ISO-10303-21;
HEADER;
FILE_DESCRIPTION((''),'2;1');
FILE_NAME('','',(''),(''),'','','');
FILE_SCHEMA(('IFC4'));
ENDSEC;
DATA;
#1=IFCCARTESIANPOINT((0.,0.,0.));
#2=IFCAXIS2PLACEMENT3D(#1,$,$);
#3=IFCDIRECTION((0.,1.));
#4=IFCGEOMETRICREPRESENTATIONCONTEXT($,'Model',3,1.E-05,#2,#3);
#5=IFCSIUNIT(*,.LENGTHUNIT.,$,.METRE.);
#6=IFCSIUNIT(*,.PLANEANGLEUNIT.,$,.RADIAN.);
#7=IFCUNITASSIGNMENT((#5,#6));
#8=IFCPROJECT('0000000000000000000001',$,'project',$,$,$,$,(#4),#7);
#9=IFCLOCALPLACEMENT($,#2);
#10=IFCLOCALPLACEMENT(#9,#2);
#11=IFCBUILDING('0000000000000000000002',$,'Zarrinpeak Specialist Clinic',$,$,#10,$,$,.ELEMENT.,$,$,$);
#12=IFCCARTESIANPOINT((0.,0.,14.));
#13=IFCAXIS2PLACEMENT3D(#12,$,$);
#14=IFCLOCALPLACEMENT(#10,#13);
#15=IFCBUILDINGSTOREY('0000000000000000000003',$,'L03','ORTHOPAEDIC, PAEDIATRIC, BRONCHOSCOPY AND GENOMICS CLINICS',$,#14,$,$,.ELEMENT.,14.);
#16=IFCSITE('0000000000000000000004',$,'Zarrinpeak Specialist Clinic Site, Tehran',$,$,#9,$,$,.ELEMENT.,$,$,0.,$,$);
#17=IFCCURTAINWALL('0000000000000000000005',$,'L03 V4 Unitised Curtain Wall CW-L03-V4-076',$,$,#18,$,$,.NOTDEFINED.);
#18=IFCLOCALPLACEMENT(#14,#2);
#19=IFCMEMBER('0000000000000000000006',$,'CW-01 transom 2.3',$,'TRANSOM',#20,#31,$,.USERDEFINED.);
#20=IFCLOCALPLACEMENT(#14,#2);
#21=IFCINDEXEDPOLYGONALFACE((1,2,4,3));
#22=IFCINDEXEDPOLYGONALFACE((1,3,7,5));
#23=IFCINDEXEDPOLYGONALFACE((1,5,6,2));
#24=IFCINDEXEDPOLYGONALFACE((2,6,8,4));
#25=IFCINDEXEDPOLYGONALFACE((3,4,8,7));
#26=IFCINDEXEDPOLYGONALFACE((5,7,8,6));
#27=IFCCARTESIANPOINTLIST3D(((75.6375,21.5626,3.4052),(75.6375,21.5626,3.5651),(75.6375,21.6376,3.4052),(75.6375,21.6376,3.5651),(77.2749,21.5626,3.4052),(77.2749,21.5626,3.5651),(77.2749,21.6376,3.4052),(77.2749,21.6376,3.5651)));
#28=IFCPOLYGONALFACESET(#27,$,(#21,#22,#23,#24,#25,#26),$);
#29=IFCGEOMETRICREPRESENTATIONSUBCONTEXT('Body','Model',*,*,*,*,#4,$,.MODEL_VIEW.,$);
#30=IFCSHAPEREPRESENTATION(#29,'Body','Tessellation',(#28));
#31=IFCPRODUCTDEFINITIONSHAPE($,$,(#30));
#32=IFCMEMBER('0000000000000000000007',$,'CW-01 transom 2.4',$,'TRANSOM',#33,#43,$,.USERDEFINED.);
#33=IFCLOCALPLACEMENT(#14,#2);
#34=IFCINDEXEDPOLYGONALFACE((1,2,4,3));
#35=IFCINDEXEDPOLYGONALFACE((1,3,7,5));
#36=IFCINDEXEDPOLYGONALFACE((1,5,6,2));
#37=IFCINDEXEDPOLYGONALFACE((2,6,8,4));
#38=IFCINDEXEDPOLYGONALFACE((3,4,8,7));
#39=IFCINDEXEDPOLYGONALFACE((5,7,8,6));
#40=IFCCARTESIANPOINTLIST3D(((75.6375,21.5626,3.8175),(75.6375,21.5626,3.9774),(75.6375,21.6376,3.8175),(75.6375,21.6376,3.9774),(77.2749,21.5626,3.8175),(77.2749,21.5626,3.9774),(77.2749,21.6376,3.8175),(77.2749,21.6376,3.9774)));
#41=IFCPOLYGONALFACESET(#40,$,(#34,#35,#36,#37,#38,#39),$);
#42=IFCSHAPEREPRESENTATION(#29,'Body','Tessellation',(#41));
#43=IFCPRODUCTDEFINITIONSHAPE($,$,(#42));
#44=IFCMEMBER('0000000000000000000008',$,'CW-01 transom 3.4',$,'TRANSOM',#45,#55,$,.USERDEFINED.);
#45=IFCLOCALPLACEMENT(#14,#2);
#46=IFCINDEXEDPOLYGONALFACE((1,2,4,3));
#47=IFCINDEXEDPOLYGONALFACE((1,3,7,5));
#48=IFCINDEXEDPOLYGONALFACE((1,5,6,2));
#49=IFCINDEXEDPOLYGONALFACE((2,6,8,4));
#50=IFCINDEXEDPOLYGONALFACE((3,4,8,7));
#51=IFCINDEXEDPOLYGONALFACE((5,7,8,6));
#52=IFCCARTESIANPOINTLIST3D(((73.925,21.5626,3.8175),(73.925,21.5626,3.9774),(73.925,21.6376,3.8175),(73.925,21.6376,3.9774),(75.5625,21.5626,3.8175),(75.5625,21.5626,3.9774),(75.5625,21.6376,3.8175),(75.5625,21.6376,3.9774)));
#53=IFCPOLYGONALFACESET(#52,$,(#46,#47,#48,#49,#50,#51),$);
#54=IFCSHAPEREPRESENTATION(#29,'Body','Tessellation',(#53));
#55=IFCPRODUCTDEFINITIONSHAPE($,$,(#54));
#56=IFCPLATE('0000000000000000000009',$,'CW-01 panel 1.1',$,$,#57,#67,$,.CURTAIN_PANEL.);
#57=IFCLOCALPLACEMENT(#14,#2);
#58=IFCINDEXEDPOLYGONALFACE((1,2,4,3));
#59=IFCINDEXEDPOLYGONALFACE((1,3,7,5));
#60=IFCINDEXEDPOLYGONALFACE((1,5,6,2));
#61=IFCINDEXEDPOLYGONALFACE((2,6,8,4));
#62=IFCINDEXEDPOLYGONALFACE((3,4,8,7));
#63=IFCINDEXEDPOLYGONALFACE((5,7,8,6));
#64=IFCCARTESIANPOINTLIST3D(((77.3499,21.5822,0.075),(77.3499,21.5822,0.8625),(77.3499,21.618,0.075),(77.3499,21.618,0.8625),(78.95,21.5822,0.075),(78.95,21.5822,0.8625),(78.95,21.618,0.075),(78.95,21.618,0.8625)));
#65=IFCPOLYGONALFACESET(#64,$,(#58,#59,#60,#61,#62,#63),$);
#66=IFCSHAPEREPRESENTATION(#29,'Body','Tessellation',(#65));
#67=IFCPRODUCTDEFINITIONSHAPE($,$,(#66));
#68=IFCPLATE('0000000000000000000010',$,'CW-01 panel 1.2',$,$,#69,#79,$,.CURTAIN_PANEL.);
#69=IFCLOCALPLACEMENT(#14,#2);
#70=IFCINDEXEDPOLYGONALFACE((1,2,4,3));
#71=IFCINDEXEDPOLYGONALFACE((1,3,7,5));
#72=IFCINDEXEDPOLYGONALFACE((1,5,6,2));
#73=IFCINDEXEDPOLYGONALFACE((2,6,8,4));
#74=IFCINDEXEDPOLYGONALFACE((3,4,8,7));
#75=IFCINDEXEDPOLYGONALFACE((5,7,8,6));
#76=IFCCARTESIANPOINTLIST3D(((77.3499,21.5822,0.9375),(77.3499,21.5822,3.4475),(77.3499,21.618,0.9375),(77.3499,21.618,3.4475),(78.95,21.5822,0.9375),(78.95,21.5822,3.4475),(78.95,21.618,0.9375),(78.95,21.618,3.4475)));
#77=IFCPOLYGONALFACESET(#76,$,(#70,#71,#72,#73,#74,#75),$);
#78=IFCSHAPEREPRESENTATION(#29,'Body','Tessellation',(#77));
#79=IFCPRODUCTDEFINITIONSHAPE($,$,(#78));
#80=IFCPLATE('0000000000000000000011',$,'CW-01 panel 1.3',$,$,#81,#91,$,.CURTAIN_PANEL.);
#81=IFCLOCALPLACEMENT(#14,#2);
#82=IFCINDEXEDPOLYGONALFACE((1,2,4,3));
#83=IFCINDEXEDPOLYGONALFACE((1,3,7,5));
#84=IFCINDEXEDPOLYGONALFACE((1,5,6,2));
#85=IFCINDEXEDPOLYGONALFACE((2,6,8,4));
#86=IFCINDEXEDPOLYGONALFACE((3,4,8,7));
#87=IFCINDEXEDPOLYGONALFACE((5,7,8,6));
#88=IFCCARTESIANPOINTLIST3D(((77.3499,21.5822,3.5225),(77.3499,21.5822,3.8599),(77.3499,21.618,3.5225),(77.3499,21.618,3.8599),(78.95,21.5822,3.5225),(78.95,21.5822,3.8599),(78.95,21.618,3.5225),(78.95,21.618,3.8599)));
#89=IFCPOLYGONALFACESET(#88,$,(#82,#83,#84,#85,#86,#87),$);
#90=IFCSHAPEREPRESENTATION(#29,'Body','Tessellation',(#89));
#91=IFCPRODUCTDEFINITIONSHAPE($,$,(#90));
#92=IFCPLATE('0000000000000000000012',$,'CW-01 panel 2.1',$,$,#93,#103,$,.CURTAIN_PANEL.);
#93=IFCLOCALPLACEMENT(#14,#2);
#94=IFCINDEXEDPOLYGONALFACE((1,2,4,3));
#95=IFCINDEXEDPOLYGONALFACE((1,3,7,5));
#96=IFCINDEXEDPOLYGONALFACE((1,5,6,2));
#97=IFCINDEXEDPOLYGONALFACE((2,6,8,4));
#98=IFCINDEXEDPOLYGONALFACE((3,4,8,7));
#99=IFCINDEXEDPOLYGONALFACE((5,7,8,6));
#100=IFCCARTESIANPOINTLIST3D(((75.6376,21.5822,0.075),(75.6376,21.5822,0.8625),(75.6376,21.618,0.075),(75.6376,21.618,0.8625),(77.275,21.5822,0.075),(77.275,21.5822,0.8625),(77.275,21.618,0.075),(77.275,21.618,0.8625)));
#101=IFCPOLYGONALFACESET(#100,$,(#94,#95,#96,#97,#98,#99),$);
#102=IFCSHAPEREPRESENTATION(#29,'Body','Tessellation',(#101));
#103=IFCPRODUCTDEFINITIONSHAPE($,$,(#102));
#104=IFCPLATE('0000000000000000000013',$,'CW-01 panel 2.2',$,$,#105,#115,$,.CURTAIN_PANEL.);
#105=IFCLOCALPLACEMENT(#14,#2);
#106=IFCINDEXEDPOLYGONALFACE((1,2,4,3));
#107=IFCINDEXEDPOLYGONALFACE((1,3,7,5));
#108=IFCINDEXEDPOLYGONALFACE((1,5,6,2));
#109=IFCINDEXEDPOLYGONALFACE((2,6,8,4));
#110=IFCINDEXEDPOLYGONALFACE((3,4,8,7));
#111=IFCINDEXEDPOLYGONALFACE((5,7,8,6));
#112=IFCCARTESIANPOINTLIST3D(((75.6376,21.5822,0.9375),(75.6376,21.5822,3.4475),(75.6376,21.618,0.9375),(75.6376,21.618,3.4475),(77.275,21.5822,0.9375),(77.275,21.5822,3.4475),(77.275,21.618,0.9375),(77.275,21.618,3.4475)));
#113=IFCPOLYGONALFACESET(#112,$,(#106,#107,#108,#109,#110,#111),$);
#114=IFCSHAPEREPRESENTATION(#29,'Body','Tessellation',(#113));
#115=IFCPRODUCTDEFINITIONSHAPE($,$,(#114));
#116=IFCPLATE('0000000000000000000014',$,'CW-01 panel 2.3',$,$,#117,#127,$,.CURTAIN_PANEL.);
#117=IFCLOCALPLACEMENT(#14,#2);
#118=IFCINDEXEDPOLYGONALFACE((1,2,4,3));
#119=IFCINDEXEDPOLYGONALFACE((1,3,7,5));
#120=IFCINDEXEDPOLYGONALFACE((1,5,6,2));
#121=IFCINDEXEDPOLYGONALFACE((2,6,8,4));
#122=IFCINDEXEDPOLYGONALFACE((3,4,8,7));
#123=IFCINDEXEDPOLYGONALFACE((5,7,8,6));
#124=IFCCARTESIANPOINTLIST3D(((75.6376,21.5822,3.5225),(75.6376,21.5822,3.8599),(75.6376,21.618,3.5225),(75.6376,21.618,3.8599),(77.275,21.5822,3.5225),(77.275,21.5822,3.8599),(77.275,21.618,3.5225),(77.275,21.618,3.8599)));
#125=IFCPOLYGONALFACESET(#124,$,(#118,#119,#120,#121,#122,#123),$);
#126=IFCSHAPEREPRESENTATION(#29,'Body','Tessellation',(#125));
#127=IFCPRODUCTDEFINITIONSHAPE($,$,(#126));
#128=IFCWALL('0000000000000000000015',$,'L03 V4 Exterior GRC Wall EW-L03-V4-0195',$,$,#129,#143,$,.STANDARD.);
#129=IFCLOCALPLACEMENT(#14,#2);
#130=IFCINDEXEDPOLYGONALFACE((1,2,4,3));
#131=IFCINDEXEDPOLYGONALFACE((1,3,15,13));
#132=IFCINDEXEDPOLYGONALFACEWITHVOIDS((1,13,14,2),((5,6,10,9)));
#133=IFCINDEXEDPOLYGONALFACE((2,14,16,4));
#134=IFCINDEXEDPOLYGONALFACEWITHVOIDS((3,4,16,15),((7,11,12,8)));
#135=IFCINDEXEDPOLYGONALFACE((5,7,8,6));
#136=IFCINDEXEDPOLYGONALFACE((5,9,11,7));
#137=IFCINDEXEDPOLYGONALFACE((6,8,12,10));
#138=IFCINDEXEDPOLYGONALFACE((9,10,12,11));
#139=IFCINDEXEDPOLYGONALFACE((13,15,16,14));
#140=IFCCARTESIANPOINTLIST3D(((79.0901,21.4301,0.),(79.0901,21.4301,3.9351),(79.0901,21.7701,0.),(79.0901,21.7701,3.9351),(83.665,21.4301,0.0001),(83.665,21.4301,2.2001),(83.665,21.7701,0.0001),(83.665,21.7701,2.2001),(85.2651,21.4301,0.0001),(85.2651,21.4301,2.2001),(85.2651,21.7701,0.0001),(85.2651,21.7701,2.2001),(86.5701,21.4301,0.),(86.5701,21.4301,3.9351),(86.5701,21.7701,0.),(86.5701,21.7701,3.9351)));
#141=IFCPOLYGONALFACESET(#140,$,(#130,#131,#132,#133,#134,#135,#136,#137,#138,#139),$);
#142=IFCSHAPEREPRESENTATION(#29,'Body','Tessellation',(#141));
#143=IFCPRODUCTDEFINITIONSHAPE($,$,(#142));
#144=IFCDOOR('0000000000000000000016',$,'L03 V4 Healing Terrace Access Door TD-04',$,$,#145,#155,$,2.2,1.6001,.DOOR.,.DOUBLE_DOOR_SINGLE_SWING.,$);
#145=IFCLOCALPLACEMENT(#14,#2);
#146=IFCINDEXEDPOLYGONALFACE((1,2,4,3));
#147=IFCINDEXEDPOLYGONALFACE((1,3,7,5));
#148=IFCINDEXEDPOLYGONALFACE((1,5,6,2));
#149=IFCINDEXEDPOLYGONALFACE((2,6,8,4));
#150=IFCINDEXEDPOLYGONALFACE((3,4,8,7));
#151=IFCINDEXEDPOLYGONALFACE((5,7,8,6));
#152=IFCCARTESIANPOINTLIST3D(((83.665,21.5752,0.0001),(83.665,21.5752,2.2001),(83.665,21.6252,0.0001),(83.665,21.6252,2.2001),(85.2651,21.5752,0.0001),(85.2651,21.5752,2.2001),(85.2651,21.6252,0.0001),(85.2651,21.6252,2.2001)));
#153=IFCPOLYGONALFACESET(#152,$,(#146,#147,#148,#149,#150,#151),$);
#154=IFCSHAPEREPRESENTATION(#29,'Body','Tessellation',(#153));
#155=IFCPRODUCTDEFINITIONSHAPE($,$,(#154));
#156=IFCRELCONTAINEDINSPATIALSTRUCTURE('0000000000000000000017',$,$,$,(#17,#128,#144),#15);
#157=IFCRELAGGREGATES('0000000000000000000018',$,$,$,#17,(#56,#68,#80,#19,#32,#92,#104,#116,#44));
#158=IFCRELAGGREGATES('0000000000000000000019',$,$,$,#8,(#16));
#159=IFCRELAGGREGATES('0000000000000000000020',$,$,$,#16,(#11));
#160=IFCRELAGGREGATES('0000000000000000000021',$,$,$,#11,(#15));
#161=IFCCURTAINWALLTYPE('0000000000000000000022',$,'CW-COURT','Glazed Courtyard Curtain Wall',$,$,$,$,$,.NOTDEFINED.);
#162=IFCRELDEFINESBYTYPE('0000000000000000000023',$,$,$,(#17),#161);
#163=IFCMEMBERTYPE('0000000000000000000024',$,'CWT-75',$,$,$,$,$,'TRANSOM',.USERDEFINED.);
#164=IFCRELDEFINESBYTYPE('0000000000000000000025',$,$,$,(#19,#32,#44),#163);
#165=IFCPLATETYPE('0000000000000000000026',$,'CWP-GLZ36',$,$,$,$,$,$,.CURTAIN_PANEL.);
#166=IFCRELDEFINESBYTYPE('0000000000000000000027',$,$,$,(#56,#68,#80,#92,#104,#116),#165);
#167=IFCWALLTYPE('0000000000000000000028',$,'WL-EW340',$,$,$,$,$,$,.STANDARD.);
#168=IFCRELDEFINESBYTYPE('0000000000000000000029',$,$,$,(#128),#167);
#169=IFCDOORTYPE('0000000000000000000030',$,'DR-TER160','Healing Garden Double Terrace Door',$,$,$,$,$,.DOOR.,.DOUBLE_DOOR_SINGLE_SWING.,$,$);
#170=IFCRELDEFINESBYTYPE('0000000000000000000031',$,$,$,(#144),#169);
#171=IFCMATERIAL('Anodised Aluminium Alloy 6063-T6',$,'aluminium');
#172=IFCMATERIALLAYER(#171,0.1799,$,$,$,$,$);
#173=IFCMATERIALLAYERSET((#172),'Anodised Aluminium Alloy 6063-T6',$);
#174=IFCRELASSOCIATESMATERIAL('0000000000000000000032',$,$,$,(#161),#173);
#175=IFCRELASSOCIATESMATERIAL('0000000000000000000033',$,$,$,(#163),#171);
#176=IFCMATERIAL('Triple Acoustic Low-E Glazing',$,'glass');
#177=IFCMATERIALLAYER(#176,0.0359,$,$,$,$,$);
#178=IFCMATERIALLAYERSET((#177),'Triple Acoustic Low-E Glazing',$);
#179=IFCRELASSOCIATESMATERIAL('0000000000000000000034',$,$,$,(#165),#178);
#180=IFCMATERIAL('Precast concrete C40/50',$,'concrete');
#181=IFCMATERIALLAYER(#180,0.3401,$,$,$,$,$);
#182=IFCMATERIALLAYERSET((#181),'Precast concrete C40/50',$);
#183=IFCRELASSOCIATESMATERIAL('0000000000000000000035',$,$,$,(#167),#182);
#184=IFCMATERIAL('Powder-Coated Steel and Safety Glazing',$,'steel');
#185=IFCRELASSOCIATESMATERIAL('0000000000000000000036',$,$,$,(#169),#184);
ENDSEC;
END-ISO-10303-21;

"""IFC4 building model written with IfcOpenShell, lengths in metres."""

from ifc_helpers import new_model, si_unit, direction, frame, frame_2d, origin, origin_2d, place, context, subcontext, project, spatial, rectangle, extrude, material, layer, layer_set, material_profile, profile_set, type_object, element, fill, aggregate, save


model = new_model("IFC4")

# Units and contexts
model_context = context("Model", 3, precision=1e-05, world=origin(), true_north=direction((0.0, 1.0)))
body_context = subcontext(model_context, "Body", "Model", "MODEL_VIEW")
ifc_project = project(units=[si_unit("LENGTHUNIT", "METRE"), si_unit("PLANEANGLEUNIT", "RADIAN")], contexts=[model_context])

# Site, building, storey
site_placement = place(None, origin())
site = spatial("IfcSite", under=ifc_project, at=site_placement, Name="Zarrinpeak Specialist Clinic Site, Tehran", CompositionType="ELEMENT", RefElevation=0.0)
building_placement = place(site_placement, origin())
building = spatial("IfcBuilding", under=site, at=building_placement, Name="Zarrinpeak Specialist Clinic", CompositionType="ELEMENT")
storey_placement = place(building_placement, frame((0.0, 0.0, 14.0)))
storey = spatial("IfcBuildingStorey", under=building, at=storey_placement, Name="L03", Description="ORTHOPAEDIC, PAEDIATRIC, BRONCHOSCOPY AND GENOMICS CLINICS", CompositionType="ELEMENT", Elevation=14.0)

# Curtain wall, members, plates
ifc_material_1 = material(Name="Anodised Aluminium Alloy 6063-T6", Category="aluminium")
ifc_layer_1 = layer(ifc_material_1, 0.1799)
ifc_layer_set_1 = layer_set([ifc_layer_1], Name="Anodised Aluminium Alloy 6063-T6")
curtain_wall_type = type_object("IfcCurtainWallType", Name="CW-COURT", Description="Glazed Courtyard Curtain Wall", PredefinedType="NOTDEFINED", material=ifc_layer_set_1)
curtain_wall_placement = place(storey_placement, origin())
curtain_wall = element("IfcCurtainWall", 1, at=curtain_wall_placement, inside=storey, type_object=curtain_wall_type, Name="L03 V4 Unitised Curtain Wall CW-L03-V4-076", PredefinedType="NOTDEFINED")
ifc_material_profile_1 = material_profile(ifc_material_1, rectangle(XDim=0.075, YDim=0.1599, at=origin_2d()), Name="ALU 75x160")
ifc_profile_set_1 = profile_set([ifc_material_profile_1], Name="Anodised Aluminium Alloy 6063-T6")
member_type_1 = type_object("IfcMemberType", Name="CWT-75", ElementType="TRANSOM", PredefinedType="USERDEFINED", material=ifc_profile_set_1)
member_1_placement = place(storey_placement, frame((77.2749, 21.6001, 3.4851), z_axis=(-1.0, 0.0, 0.0), x_axis=(0.0, -1.0, 0.0)))
member_1 = element("IfcMember", 2, at=member_1_placement, type_object=member_type_1, Name="CW-01 transom 2.3", ObjectType="TRANSOM", PredefinedType="USERDEFINED", context=body_context, shape_type="SweptSolid", body=[
    extrude(rectangle(XDim=0.075, YDim=0.1599, at=origin_2d()), origin(), (0.0, 0.0, 1.0), 1.6375),
])
member_2_placement = place(storey_placement, frame((77.2749, 21.6001, 3.8975), z_axis=(-1.0, 0.0, 0.0), x_axis=(0.0, -1.0, 0.0)))
member_2 = element("IfcMember", 3, at=member_2_placement, type_object=member_type_1, Name="CW-01 transom 2.4", ObjectType="TRANSOM", PredefinedType="USERDEFINED", context=body_context, shape_type="SweptSolid", body=[
    extrude(rectangle(XDim=0.075, YDim=0.1599, at=origin_2d()), origin(), (0.0, 0.0, 1.0), 1.6375),
])
member_3_placement = place(storey_placement, frame((75.5625, 21.6001, 3.8975), z_axis=(-1.0, 0.0, 0.0), x_axis=(0.0, -1.0, 0.0)))
member_3 = element("IfcMember", 4, at=member_3_placement, type_object=member_type_1, Name="CW-01 transom 3.4", ObjectType="TRANSOM", PredefinedType="USERDEFINED", context=body_context, shape_type="SweptSolid", body=[
    extrude(rectangle(XDim=0.075, YDim=0.1599, at=origin_2d()), origin(), (0.0, 0.0, 1.0), 1.6375),
])
ifc_material_2 = material(Name="Triple Acoustic Low-E Glazing", Category="glass")
ifc_layer_2 = layer(ifc_material_2, 0.0359)
ifc_layer_set_2 = layer_set([ifc_layer_2], Name="Triple Acoustic Low-E Glazing")
plate_type = type_object("IfcPlateType", Name="CWP-GLZ36", PredefinedType="CURTAIN_PANEL", material=ifc_layer_set_2)
plate_1_placement = place(storey_placement, frame((78.1499, 21.6001, 0.075), z_axis=(0.0, 0.0, 1.0), x_axis=(-1.0, 0.0, 0.0)))
plate_1 = element("IfcPlate", 5, at=plate_1_placement, type_object=plate_type, Name="CW-01 panel 1.1", PredefinedType="CURTAIN_PANEL", context=body_context, shape_type="SweptSolid", body=[
    extrude(rectangle(XDim=1.6001, YDim=0.0359, at=origin_2d()), origin(), (0.0, 0.0, 1.0), 0.7876),
])
plate_2_placement = place(storey_placement, frame((78.1499, 21.6001, 0.9375), z_axis=(0.0, 0.0, 1.0), x_axis=(-1.0, 0.0, 0.0)))
plate_2 = element("IfcPlate", 6, at=plate_2_placement, type_object=plate_type, Name="CW-01 panel 1.2", PredefinedType="CURTAIN_PANEL", context=body_context, shape_type="SweptSolid", body=[
    extrude(rectangle(XDim=1.6001, YDim=0.0359, at=origin_2d()), origin(), (0.0, 0.0, 1.0), 2.51),
])
plate_3_placement = place(storey_placement, frame((78.1499, 21.6001, 3.5225), z_axis=(0.0, 0.0, 1.0), x_axis=(-1.0, 0.0, 0.0)))
plate_3 = element("IfcPlate", 7, at=plate_3_placement, type_object=plate_type, Name="CW-01 panel 1.3", PredefinedType="CURTAIN_PANEL", context=body_context, shape_type="SweptSolid", body=[
    extrude(rectangle(XDim=1.6001, YDim=0.0359, at=origin_2d()), origin(), (0.0, 0.0, 1.0), 0.3374),
])
plate_4_placement = place(storey_placement, frame((76.4563, 21.6001, 0.075), z_axis=(0.0, 0.0, 1.0), x_axis=(-1.0, 0.0, 0.0)))
plate_4 = element("IfcPlate", 8, at=plate_4_placement, type_object=plate_type, Name="CW-01 panel 2.1", PredefinedType="CURTAIN_PANEL", context=body_context, shape_type="SweptSolid", body=[
    extrude(rectangle(XDim=1.6375, YDim=0.0359, at=origin_2d()), origin(), (0.0, 0.0, 1.0), 0.7876),
])
plate_5_placement = place(storey_placement, frame((76.4563, 21.6001, 0.9375), z_axis=(0.0, 0.0, 1.0), x_axis=(-1.0, 0.0, 0.0)))
plate_5 = element("IfcPlate", 9, at=plate_5_placement, type_object=plate_type, Name="CW-01 panel 2.2", PredefinedType="CURTAIN_PANEL", context=body_context, shape_type="SweptSolid", body=[
    extrude(rectangle(XDim=1.6375, YDim=0.0359, at=origin_2d()), origin(), (0.0, 0.0, 1.0), 2.51),
])
plate_6_placement = place(storey_placement, frame((76.4563, 21.6001, 3.5225), z_axis=(0.0, 0.0, 1.0), x_axis=(-1.0, 0.0, 0.0)))
plate_6 = element("IfcPlate", 10, at=plate_6_placement, type_object=plate_type, Name="CW-01 panel 2.3", PredefinedType="CURTAIN_PANEL", context=body_context, shape_type="SweptSolid", body=[
    extrude(rectangle(XDim=1.6375, YDim=0.0359, at=origin_2d()), origin(), (0.0, 0.0, 1.0), 0.3374),
])
aggregate(curtain_wall, [plate_1, plate_2, plate_3, member_1, member_2, plate_4, plate_5, plate_6, member_3])

# Wall, opening, door
ifc_material_3 = material(Name="Precast concrete C40/50", Category="concrete")
ifc_layer_3 = layer(ifc_material_3, 0.3401)
ifc_layer_set_3 = layer_set([ifc_layer_3], Name="Precast concrete C40/50")
wall_type = type_object("IfcWallType", Name="WL-EW340", PredefinedType="STANDARD", material=ifc_layer_set_3)
wall_placement = place(storey_placement, frame((86.5701, 21.6001, 0.0), z_axis=(0.0, 0.0, 1.0), x_axis=(-1.0, 0.0, 0.0)))
wall = element("IfcWall", 11, at=wall_placement, inside=storey, type_object=wall_type, Name="L03 V4 Exterior GRC Wall EW-L03-V4-0195", PredefinedType="STANDARD", context=body_context, shape_type="SweptSolid", body=[
    extrude(rectangle(XDim=7.48, YDim=0.3401, at=frame_2d((3.74, 0.0))), origin(), (0.0, 0.0, 1.0), 3.9351),
])
opening_placement = place(wall_placement, frame((1.3049, 0.0, 0.0)))
opening = element("IfcOpeningElement", 12, at=opening_placement, cuts=wall, PredefinedType="OPENING", context=body_context, shape_type="SweptSolid", body=[
    extrude(rectangle(XDim=1.6001, YDim=2.2, at=frame_2d((0.8, 1.1001))), frame((0.0, 0.1802, 0.0), z_axis=(0.0, -1.0, 0.0), x_axis=(1.0, 0.0, 0.0)), (0.0, 0.0, 1.0), 0.3601),
])
ifc_material_4 = material(Name="Powder-Coated Steel and Safety Glazing", Category="steel")
door_type = type_object("IfcDoorType", Name="DR-TER160", Description="Healing Garden Double Terrace Door", OperationType="DOUBLE_DOOR_SINGLE_SWING", PredefinedType="DOOR", material=ifc_material_4)
door_placement = place(opening_placement, origin())
door = element("IfcDoor", 13, at=door_placement, inside=storey, type_object=door_type, Name="L03 V4 Healing Terrace Access Door TD-04", OperationType="DOUBLE_DOOR_SINGLE_SWING", OverallHeight=2.2, OverallWidth=1.6001, PredefinedType="DOOR", context=body_context, shape_type="SweptSolid", body=[
    extrude(rectangle(XDim=1.6001, YDim=2.2, at=frame_2d((0.8, 1.1001))), frame((0.0, 0.0249, 0.0), z_axis=(0.0, -1.0, 0.0), x_axis=(1.0, 0.0, 0.0)), (0.0, 0.0, 1.0), 0.05),
])
fill(opening, door)

save(model, "model.ifc")
